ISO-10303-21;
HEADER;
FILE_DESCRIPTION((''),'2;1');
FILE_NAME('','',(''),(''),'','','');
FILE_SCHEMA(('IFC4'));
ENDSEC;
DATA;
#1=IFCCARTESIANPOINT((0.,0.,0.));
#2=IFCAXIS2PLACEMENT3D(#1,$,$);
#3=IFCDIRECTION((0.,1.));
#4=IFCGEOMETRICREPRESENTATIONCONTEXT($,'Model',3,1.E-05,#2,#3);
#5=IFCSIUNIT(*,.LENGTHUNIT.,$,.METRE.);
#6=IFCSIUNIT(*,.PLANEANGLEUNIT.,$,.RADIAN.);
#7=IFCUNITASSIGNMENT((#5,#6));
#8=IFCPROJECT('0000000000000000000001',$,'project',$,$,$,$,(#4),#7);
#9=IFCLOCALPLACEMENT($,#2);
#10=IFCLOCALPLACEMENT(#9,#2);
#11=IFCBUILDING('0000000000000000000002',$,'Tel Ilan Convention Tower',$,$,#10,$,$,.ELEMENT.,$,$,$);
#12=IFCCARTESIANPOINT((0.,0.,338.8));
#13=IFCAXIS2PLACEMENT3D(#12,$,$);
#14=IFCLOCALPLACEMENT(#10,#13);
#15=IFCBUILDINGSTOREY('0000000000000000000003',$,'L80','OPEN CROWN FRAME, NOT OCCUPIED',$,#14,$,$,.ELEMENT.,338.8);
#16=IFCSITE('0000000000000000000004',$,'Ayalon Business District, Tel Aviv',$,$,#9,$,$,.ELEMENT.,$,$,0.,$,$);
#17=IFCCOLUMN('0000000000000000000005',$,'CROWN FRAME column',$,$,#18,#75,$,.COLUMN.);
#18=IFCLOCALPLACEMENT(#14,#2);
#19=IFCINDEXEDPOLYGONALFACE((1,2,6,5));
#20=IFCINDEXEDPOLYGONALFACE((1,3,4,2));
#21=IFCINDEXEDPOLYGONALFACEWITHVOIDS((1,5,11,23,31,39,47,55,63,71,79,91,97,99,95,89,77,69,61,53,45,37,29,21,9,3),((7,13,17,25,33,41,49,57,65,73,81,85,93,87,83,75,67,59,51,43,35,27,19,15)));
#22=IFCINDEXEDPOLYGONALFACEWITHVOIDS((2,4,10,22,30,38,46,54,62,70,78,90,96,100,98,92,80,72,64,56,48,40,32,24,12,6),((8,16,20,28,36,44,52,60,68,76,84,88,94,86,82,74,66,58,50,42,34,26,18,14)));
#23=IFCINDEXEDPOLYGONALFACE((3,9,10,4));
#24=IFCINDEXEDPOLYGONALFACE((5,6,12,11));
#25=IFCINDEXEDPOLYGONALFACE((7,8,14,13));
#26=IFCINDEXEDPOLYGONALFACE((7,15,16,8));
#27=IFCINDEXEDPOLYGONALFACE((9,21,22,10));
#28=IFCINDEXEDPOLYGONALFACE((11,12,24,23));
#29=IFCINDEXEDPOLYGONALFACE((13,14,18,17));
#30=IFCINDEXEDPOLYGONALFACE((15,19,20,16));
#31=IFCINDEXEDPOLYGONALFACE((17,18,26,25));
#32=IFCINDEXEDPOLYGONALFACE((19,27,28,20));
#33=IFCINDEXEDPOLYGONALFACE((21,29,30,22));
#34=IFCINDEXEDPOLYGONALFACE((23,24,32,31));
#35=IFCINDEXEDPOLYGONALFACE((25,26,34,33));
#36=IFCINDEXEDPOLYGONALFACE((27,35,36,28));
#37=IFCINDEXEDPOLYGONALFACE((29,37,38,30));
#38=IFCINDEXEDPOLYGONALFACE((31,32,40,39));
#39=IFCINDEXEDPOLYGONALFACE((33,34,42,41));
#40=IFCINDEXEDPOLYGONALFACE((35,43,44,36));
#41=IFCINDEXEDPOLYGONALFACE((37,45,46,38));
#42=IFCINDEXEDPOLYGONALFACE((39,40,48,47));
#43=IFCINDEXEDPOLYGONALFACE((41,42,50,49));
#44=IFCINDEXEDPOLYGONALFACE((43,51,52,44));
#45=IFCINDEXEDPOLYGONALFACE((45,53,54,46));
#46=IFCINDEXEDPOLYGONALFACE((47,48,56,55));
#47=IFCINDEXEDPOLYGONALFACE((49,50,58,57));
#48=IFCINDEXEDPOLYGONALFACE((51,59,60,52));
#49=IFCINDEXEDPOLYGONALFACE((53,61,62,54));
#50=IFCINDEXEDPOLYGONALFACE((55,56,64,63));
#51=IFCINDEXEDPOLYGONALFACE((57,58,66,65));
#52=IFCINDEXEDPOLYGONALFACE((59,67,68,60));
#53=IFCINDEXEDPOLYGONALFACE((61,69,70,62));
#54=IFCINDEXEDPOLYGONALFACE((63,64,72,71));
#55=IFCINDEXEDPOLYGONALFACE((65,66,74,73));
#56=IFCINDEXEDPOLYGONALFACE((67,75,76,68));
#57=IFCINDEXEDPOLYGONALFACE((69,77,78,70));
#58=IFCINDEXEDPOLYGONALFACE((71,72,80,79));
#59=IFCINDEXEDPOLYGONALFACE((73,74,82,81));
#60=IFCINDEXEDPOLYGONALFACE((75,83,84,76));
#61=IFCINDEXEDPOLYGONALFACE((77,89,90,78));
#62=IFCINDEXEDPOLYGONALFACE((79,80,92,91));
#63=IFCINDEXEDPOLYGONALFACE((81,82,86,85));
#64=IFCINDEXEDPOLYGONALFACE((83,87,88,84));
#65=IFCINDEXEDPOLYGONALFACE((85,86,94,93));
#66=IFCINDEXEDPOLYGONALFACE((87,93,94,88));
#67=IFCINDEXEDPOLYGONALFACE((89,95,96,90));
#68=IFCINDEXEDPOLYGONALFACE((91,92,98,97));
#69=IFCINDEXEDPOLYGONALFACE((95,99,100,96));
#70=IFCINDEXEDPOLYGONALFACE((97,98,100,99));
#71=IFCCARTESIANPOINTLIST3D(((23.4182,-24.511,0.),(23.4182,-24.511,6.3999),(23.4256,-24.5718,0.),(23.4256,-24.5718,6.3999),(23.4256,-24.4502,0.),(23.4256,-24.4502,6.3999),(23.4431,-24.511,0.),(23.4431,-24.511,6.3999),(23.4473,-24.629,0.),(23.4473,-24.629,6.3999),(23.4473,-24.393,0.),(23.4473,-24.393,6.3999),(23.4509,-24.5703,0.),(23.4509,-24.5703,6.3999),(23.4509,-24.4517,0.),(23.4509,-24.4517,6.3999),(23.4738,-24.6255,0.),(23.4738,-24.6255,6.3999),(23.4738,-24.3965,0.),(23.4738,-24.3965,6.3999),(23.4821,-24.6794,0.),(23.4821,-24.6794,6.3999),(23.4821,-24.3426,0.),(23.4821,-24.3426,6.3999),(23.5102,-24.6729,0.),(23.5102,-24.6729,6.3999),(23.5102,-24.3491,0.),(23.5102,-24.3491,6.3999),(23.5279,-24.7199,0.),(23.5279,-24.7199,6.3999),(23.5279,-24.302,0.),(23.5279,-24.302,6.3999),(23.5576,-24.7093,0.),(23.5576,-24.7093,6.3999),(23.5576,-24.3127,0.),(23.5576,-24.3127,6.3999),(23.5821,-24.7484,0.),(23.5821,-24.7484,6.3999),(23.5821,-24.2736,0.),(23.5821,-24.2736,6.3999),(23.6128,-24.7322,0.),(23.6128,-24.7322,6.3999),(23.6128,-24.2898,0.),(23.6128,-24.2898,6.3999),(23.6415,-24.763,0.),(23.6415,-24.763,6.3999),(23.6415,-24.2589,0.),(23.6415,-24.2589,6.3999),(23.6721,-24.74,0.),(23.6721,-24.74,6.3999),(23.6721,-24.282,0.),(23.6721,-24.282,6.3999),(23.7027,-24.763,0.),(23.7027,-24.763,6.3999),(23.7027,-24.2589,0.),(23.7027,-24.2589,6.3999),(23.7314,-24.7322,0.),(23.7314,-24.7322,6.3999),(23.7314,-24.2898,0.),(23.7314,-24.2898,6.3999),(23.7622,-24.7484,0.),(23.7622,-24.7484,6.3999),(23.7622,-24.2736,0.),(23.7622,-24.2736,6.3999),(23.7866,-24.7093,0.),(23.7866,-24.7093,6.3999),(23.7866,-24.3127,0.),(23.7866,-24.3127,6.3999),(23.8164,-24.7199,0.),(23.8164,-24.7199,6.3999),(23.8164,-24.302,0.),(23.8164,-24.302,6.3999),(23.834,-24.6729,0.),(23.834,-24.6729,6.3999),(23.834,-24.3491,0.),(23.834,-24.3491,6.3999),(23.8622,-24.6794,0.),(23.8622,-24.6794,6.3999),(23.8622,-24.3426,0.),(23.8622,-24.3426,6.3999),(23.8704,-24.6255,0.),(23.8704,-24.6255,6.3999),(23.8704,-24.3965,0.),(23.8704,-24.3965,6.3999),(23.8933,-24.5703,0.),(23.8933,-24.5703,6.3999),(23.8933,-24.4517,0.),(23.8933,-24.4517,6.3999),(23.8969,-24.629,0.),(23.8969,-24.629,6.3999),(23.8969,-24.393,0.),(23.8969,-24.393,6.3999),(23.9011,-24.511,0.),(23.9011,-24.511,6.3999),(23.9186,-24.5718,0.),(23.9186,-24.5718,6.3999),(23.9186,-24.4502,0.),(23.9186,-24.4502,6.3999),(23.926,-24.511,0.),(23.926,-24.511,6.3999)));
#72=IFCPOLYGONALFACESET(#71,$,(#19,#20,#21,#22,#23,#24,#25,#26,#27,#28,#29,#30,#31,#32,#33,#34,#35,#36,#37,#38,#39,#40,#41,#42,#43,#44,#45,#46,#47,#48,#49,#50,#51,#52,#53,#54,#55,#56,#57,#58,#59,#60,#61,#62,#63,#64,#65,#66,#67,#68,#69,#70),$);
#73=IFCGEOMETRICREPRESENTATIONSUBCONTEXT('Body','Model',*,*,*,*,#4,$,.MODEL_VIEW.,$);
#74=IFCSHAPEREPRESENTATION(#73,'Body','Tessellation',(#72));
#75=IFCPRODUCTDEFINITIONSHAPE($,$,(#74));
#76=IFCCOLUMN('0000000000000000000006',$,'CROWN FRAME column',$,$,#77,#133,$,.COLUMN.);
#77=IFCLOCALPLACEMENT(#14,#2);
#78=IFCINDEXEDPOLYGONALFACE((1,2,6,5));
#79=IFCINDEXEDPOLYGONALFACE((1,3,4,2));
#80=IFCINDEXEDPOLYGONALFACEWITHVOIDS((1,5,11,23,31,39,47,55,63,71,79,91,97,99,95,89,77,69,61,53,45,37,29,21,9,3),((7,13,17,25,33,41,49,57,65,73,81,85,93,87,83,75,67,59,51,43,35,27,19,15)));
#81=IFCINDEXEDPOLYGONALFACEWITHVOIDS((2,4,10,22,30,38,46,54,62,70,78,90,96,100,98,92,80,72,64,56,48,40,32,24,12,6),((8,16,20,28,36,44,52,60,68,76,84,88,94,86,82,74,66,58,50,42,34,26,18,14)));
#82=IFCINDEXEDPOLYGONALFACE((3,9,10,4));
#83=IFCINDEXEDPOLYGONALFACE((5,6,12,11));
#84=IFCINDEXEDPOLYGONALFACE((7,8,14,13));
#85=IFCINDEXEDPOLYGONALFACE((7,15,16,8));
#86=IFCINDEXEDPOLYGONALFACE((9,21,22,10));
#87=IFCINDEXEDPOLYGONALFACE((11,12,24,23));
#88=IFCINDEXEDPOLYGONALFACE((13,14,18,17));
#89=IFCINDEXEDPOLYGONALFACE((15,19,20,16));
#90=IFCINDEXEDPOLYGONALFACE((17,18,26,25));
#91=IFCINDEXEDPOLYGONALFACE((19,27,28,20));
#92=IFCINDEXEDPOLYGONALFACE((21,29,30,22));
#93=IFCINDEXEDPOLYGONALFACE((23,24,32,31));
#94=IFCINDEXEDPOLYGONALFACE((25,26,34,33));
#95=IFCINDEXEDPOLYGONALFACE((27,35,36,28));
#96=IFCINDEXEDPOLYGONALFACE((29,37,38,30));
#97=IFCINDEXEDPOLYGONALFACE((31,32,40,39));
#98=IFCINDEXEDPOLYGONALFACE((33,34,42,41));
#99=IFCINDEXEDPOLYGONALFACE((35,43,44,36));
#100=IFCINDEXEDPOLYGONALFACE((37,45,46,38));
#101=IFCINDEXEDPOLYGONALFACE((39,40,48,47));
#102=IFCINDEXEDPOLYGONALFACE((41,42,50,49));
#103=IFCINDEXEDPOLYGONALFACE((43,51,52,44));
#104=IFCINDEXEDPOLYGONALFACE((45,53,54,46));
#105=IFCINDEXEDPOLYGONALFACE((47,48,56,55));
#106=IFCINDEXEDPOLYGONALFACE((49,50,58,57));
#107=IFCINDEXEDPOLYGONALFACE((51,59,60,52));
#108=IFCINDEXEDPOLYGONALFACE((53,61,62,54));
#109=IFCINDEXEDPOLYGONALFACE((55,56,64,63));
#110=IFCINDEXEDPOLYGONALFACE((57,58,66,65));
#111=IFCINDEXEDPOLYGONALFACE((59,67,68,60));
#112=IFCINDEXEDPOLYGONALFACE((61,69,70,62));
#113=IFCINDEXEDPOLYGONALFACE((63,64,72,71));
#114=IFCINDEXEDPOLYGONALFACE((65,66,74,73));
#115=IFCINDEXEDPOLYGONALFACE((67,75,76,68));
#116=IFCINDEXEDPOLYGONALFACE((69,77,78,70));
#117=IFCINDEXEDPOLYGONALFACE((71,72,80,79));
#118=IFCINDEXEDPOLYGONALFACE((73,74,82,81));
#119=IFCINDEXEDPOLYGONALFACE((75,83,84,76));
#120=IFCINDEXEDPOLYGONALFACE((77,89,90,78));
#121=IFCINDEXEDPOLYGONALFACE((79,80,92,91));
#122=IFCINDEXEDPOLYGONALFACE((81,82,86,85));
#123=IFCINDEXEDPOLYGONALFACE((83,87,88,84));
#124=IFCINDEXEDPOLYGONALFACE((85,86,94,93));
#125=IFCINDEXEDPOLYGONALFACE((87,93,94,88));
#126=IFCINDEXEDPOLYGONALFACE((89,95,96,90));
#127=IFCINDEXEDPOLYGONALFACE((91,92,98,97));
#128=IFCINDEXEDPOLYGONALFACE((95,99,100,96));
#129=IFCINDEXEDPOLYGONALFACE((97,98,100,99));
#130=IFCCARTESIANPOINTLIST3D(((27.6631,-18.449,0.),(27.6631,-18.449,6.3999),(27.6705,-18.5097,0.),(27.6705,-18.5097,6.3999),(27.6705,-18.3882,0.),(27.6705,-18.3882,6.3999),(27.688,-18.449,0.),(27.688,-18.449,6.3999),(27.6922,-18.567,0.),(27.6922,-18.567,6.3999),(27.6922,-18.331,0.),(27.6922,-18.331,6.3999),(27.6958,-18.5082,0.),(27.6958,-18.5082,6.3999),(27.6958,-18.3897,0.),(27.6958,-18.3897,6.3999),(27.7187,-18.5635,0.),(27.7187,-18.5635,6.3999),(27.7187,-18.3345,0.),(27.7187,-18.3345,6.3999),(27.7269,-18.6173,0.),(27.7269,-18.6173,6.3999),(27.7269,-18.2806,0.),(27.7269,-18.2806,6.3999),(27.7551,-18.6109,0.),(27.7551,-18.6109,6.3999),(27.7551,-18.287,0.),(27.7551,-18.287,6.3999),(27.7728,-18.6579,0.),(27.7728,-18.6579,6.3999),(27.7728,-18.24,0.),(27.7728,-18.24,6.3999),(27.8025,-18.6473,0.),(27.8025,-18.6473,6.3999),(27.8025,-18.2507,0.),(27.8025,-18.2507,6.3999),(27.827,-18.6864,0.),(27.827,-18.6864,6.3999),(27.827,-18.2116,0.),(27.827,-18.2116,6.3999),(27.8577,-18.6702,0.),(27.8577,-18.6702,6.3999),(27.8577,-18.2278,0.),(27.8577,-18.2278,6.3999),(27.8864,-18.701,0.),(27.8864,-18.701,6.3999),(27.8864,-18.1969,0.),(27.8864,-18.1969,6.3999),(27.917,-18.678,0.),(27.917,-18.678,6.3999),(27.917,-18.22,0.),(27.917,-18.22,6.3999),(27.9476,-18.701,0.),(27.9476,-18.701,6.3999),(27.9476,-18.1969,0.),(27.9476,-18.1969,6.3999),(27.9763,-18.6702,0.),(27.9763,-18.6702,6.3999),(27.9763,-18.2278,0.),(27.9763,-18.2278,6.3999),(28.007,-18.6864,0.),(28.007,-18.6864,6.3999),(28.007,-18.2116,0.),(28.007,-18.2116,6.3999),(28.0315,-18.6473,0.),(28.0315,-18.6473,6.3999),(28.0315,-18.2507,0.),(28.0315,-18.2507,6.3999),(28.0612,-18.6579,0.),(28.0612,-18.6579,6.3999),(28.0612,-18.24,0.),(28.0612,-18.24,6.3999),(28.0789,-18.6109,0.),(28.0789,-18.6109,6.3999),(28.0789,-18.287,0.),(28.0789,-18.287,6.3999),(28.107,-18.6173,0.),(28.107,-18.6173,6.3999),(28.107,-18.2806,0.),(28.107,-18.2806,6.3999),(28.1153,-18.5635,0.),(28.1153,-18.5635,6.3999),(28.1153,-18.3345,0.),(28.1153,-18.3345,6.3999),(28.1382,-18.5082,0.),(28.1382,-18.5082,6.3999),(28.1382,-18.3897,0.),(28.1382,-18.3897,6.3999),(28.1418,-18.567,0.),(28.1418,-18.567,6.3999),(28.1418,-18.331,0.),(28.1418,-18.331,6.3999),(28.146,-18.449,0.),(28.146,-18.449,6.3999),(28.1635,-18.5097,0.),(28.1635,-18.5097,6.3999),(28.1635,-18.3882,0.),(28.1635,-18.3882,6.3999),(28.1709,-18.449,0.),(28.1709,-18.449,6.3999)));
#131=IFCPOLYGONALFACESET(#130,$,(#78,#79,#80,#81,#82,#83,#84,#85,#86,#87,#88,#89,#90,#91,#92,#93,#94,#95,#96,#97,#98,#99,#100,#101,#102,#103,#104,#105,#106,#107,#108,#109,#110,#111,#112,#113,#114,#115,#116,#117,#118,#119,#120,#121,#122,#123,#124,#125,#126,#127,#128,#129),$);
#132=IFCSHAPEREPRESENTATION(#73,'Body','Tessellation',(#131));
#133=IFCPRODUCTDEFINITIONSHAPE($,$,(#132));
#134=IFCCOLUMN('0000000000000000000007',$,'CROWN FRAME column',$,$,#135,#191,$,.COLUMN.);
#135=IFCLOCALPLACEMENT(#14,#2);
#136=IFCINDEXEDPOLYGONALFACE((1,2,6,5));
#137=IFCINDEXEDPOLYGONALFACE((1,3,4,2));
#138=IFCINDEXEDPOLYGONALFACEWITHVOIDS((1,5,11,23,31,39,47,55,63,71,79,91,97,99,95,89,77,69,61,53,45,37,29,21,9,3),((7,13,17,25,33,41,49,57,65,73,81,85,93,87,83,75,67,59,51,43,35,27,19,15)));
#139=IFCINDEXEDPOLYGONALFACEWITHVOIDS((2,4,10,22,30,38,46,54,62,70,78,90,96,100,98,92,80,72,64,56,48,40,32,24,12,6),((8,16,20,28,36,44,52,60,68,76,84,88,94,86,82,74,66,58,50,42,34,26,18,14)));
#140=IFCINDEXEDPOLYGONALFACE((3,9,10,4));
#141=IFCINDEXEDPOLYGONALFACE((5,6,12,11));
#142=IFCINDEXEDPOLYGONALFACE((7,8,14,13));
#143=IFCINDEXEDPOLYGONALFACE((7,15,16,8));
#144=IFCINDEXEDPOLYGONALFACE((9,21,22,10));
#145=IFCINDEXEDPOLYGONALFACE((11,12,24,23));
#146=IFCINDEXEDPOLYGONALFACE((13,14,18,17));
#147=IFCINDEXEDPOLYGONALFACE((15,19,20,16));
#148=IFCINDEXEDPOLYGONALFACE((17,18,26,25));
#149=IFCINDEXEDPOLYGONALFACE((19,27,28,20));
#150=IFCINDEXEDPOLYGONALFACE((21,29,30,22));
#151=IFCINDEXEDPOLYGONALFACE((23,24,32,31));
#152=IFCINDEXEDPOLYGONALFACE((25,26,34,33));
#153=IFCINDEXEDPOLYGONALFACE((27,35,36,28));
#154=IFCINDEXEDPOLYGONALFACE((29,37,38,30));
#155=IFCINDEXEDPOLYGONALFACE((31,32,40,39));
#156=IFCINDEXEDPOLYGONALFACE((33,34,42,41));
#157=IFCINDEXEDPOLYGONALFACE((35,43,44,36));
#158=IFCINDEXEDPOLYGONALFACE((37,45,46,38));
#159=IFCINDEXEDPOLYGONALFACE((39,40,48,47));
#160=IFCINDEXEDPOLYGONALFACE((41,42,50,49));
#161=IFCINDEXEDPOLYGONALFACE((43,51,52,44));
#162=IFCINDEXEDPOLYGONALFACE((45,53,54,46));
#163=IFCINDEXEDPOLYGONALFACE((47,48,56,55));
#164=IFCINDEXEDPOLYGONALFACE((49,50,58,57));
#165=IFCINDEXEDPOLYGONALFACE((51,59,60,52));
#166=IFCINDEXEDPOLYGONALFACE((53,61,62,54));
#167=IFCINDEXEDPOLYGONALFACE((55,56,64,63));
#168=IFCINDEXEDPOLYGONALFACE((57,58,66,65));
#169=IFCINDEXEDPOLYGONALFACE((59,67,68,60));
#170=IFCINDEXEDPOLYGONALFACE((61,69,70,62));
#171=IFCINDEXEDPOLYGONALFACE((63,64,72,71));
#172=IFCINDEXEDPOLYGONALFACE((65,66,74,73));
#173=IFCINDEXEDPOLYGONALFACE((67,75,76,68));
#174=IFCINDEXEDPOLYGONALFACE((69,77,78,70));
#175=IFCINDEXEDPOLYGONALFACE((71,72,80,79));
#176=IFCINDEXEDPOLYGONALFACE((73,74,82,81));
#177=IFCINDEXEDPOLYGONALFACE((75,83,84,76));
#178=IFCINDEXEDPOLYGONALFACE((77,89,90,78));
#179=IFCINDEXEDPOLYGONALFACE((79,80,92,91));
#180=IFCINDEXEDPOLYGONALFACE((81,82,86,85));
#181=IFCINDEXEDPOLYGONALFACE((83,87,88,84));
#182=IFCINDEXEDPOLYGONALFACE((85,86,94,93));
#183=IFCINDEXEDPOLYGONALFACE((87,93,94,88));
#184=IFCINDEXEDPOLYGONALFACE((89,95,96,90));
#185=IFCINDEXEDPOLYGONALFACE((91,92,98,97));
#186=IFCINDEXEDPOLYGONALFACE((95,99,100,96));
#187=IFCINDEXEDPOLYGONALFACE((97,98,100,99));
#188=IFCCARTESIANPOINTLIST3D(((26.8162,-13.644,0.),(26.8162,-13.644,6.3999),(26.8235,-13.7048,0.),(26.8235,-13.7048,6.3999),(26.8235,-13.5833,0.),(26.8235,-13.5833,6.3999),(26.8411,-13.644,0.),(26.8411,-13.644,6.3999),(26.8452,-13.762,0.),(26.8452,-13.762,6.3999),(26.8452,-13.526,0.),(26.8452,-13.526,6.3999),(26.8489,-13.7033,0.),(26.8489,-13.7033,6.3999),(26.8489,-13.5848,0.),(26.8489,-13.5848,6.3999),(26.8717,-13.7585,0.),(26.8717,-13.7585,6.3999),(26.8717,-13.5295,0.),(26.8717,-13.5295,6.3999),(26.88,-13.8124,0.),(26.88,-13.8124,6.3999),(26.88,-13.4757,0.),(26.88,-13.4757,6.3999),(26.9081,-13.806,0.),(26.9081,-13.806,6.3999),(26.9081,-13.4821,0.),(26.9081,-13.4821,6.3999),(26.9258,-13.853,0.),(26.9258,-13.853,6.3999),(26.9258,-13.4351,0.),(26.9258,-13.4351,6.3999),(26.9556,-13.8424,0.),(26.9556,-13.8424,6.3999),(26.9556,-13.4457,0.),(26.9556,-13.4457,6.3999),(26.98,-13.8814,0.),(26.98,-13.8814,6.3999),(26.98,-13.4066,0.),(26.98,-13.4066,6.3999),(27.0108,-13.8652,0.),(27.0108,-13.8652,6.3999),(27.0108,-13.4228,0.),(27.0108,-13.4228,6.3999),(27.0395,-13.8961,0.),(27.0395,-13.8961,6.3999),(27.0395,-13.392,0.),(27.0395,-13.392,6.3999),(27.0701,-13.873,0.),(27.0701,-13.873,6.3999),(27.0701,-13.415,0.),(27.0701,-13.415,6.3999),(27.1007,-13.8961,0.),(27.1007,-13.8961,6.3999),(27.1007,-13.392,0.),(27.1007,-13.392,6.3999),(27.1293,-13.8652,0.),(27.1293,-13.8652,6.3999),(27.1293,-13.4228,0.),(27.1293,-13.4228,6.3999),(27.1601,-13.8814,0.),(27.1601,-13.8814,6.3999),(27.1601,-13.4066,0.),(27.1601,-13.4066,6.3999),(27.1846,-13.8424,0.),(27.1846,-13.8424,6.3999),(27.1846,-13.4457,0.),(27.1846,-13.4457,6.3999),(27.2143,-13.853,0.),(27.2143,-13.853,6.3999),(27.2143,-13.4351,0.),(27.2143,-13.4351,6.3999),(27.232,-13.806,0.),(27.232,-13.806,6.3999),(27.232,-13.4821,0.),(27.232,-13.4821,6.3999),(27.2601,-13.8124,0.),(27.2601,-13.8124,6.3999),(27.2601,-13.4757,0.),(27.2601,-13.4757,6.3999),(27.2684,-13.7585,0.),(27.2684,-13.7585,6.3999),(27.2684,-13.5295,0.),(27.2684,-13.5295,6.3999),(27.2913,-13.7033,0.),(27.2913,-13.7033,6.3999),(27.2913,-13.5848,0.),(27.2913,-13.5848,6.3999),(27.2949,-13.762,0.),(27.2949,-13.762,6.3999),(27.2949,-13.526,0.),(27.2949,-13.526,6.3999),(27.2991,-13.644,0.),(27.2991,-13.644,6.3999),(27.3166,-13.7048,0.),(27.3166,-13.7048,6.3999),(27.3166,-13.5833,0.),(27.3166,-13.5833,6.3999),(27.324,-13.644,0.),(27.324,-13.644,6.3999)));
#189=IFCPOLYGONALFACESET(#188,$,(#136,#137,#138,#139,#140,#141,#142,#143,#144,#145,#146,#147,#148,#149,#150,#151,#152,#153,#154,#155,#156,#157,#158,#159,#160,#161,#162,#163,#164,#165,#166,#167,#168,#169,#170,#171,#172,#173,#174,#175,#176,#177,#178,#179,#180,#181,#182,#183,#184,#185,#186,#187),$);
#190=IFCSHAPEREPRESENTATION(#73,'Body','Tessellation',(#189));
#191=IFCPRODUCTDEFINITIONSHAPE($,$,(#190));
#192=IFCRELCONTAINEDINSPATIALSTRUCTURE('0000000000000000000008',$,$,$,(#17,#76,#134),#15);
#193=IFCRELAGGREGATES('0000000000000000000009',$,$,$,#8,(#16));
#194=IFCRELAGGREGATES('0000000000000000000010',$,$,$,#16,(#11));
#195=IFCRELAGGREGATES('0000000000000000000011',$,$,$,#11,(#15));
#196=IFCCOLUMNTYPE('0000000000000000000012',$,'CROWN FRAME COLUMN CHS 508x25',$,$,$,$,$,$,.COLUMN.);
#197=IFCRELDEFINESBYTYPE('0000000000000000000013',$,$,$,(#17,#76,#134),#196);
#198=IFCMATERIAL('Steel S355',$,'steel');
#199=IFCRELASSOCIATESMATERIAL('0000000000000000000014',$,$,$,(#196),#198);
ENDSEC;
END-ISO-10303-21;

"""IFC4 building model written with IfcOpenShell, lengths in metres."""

from ifc_helpers import new_model, si_unit, direction, frame, origin, origin_2d, place, context, subcontext, project, spatial, hollow_circle, extrude, material, material_profile, profile_set, type_object, element, save


model = new_model("IFC4")

# Units and contexts
model_context = context("Model", 3, precision=1e-05, world=origin(), true_north=direction((0.0, 1.0)))
body_context = subcontext(model_context, "Body", "Model", "MODEL_VIEW")
ifc_project = project(units=[si_unit("LENGTHUNIT", "METRE"), si_unit("PLANEANGLEUNIT", "RADIAN")], contexts=[model_context])

# Site, building, storey
site_placement = place(None, origin())
site = spatial("IfcSite", under=ifc_project, at=site_placement, Name="Ayalon Business District, Tel Aviv", CompositionType="ELEMENT", RefElevation=0.0)
building_placement = place(site_placement, origin())
building = spatial("IfcBuilding", under=site, at=building_placement, Name="Tel Ilan Convention Tower", CompositionType="ELEMENT")
storey_placement = place(building_placement, frame((0.0, 0.0, 338.8)))
storey = spatial("IfcBuildingStorey", under=building, at=storey_placement, Name="L80", Description="OPEN CROWN FRAME, NOT OCCUPIED", CompositionType="ELEMENT", Elevation=338.8)

# Columns
ifc_material_1 = material(Name="Steel S355", Category="steel")
ifc_material_profile_1 = material_profile(ifc_material_1, hollow_circle(Radius=0.2539, WallThickness=0.0249, at=origin_2d()), Name="CHS 508x25")
ifc_profile_set_1 = profile_set([ifc_material_profile_1], Name="Steel S355")
column_type = type_object("IfcColumnType", Name="CROWN FRAME COLUMN CHS 508x25", PredefinedType="COLUMN", material=ifc_profile_set_1)
for number, where, z_axis, x_axis, name in (
    (1, (23.6721, -24.511, 0.0), (0.0, 0.0, 1.0), (1.0, 0.0, 0.0), "CROWN FRAME column"),
    (2, (27.917, -18.449, 0.0), (0.0, 0.0, 1.0), (1.0, 0.0, 0.0), "CROWN FRAME column"),
    (3, (27.0701, -13.644, 0.0), (0.0, 0.0, 1.0), (1.0, 0.0, 0.0), "CROWN FRAME column"),
):
    element("IfcColumn", number, at=place(storey_placement, frame(where, z_axis=z_axis, x_axis=x_axis)), inside=storey, type_object=column_type, Name=name, PredefinedType="COLUMN", context=body_context, shape_type="SweptSolid", body=[
        extrude(hollow_circle(Radius=0.2539, WallThickness=0.0249, at=origin_2d()), origin(), (0.0, 0.0, 1.0), 6.3999),
    ])

save(model, "model.ifc")
